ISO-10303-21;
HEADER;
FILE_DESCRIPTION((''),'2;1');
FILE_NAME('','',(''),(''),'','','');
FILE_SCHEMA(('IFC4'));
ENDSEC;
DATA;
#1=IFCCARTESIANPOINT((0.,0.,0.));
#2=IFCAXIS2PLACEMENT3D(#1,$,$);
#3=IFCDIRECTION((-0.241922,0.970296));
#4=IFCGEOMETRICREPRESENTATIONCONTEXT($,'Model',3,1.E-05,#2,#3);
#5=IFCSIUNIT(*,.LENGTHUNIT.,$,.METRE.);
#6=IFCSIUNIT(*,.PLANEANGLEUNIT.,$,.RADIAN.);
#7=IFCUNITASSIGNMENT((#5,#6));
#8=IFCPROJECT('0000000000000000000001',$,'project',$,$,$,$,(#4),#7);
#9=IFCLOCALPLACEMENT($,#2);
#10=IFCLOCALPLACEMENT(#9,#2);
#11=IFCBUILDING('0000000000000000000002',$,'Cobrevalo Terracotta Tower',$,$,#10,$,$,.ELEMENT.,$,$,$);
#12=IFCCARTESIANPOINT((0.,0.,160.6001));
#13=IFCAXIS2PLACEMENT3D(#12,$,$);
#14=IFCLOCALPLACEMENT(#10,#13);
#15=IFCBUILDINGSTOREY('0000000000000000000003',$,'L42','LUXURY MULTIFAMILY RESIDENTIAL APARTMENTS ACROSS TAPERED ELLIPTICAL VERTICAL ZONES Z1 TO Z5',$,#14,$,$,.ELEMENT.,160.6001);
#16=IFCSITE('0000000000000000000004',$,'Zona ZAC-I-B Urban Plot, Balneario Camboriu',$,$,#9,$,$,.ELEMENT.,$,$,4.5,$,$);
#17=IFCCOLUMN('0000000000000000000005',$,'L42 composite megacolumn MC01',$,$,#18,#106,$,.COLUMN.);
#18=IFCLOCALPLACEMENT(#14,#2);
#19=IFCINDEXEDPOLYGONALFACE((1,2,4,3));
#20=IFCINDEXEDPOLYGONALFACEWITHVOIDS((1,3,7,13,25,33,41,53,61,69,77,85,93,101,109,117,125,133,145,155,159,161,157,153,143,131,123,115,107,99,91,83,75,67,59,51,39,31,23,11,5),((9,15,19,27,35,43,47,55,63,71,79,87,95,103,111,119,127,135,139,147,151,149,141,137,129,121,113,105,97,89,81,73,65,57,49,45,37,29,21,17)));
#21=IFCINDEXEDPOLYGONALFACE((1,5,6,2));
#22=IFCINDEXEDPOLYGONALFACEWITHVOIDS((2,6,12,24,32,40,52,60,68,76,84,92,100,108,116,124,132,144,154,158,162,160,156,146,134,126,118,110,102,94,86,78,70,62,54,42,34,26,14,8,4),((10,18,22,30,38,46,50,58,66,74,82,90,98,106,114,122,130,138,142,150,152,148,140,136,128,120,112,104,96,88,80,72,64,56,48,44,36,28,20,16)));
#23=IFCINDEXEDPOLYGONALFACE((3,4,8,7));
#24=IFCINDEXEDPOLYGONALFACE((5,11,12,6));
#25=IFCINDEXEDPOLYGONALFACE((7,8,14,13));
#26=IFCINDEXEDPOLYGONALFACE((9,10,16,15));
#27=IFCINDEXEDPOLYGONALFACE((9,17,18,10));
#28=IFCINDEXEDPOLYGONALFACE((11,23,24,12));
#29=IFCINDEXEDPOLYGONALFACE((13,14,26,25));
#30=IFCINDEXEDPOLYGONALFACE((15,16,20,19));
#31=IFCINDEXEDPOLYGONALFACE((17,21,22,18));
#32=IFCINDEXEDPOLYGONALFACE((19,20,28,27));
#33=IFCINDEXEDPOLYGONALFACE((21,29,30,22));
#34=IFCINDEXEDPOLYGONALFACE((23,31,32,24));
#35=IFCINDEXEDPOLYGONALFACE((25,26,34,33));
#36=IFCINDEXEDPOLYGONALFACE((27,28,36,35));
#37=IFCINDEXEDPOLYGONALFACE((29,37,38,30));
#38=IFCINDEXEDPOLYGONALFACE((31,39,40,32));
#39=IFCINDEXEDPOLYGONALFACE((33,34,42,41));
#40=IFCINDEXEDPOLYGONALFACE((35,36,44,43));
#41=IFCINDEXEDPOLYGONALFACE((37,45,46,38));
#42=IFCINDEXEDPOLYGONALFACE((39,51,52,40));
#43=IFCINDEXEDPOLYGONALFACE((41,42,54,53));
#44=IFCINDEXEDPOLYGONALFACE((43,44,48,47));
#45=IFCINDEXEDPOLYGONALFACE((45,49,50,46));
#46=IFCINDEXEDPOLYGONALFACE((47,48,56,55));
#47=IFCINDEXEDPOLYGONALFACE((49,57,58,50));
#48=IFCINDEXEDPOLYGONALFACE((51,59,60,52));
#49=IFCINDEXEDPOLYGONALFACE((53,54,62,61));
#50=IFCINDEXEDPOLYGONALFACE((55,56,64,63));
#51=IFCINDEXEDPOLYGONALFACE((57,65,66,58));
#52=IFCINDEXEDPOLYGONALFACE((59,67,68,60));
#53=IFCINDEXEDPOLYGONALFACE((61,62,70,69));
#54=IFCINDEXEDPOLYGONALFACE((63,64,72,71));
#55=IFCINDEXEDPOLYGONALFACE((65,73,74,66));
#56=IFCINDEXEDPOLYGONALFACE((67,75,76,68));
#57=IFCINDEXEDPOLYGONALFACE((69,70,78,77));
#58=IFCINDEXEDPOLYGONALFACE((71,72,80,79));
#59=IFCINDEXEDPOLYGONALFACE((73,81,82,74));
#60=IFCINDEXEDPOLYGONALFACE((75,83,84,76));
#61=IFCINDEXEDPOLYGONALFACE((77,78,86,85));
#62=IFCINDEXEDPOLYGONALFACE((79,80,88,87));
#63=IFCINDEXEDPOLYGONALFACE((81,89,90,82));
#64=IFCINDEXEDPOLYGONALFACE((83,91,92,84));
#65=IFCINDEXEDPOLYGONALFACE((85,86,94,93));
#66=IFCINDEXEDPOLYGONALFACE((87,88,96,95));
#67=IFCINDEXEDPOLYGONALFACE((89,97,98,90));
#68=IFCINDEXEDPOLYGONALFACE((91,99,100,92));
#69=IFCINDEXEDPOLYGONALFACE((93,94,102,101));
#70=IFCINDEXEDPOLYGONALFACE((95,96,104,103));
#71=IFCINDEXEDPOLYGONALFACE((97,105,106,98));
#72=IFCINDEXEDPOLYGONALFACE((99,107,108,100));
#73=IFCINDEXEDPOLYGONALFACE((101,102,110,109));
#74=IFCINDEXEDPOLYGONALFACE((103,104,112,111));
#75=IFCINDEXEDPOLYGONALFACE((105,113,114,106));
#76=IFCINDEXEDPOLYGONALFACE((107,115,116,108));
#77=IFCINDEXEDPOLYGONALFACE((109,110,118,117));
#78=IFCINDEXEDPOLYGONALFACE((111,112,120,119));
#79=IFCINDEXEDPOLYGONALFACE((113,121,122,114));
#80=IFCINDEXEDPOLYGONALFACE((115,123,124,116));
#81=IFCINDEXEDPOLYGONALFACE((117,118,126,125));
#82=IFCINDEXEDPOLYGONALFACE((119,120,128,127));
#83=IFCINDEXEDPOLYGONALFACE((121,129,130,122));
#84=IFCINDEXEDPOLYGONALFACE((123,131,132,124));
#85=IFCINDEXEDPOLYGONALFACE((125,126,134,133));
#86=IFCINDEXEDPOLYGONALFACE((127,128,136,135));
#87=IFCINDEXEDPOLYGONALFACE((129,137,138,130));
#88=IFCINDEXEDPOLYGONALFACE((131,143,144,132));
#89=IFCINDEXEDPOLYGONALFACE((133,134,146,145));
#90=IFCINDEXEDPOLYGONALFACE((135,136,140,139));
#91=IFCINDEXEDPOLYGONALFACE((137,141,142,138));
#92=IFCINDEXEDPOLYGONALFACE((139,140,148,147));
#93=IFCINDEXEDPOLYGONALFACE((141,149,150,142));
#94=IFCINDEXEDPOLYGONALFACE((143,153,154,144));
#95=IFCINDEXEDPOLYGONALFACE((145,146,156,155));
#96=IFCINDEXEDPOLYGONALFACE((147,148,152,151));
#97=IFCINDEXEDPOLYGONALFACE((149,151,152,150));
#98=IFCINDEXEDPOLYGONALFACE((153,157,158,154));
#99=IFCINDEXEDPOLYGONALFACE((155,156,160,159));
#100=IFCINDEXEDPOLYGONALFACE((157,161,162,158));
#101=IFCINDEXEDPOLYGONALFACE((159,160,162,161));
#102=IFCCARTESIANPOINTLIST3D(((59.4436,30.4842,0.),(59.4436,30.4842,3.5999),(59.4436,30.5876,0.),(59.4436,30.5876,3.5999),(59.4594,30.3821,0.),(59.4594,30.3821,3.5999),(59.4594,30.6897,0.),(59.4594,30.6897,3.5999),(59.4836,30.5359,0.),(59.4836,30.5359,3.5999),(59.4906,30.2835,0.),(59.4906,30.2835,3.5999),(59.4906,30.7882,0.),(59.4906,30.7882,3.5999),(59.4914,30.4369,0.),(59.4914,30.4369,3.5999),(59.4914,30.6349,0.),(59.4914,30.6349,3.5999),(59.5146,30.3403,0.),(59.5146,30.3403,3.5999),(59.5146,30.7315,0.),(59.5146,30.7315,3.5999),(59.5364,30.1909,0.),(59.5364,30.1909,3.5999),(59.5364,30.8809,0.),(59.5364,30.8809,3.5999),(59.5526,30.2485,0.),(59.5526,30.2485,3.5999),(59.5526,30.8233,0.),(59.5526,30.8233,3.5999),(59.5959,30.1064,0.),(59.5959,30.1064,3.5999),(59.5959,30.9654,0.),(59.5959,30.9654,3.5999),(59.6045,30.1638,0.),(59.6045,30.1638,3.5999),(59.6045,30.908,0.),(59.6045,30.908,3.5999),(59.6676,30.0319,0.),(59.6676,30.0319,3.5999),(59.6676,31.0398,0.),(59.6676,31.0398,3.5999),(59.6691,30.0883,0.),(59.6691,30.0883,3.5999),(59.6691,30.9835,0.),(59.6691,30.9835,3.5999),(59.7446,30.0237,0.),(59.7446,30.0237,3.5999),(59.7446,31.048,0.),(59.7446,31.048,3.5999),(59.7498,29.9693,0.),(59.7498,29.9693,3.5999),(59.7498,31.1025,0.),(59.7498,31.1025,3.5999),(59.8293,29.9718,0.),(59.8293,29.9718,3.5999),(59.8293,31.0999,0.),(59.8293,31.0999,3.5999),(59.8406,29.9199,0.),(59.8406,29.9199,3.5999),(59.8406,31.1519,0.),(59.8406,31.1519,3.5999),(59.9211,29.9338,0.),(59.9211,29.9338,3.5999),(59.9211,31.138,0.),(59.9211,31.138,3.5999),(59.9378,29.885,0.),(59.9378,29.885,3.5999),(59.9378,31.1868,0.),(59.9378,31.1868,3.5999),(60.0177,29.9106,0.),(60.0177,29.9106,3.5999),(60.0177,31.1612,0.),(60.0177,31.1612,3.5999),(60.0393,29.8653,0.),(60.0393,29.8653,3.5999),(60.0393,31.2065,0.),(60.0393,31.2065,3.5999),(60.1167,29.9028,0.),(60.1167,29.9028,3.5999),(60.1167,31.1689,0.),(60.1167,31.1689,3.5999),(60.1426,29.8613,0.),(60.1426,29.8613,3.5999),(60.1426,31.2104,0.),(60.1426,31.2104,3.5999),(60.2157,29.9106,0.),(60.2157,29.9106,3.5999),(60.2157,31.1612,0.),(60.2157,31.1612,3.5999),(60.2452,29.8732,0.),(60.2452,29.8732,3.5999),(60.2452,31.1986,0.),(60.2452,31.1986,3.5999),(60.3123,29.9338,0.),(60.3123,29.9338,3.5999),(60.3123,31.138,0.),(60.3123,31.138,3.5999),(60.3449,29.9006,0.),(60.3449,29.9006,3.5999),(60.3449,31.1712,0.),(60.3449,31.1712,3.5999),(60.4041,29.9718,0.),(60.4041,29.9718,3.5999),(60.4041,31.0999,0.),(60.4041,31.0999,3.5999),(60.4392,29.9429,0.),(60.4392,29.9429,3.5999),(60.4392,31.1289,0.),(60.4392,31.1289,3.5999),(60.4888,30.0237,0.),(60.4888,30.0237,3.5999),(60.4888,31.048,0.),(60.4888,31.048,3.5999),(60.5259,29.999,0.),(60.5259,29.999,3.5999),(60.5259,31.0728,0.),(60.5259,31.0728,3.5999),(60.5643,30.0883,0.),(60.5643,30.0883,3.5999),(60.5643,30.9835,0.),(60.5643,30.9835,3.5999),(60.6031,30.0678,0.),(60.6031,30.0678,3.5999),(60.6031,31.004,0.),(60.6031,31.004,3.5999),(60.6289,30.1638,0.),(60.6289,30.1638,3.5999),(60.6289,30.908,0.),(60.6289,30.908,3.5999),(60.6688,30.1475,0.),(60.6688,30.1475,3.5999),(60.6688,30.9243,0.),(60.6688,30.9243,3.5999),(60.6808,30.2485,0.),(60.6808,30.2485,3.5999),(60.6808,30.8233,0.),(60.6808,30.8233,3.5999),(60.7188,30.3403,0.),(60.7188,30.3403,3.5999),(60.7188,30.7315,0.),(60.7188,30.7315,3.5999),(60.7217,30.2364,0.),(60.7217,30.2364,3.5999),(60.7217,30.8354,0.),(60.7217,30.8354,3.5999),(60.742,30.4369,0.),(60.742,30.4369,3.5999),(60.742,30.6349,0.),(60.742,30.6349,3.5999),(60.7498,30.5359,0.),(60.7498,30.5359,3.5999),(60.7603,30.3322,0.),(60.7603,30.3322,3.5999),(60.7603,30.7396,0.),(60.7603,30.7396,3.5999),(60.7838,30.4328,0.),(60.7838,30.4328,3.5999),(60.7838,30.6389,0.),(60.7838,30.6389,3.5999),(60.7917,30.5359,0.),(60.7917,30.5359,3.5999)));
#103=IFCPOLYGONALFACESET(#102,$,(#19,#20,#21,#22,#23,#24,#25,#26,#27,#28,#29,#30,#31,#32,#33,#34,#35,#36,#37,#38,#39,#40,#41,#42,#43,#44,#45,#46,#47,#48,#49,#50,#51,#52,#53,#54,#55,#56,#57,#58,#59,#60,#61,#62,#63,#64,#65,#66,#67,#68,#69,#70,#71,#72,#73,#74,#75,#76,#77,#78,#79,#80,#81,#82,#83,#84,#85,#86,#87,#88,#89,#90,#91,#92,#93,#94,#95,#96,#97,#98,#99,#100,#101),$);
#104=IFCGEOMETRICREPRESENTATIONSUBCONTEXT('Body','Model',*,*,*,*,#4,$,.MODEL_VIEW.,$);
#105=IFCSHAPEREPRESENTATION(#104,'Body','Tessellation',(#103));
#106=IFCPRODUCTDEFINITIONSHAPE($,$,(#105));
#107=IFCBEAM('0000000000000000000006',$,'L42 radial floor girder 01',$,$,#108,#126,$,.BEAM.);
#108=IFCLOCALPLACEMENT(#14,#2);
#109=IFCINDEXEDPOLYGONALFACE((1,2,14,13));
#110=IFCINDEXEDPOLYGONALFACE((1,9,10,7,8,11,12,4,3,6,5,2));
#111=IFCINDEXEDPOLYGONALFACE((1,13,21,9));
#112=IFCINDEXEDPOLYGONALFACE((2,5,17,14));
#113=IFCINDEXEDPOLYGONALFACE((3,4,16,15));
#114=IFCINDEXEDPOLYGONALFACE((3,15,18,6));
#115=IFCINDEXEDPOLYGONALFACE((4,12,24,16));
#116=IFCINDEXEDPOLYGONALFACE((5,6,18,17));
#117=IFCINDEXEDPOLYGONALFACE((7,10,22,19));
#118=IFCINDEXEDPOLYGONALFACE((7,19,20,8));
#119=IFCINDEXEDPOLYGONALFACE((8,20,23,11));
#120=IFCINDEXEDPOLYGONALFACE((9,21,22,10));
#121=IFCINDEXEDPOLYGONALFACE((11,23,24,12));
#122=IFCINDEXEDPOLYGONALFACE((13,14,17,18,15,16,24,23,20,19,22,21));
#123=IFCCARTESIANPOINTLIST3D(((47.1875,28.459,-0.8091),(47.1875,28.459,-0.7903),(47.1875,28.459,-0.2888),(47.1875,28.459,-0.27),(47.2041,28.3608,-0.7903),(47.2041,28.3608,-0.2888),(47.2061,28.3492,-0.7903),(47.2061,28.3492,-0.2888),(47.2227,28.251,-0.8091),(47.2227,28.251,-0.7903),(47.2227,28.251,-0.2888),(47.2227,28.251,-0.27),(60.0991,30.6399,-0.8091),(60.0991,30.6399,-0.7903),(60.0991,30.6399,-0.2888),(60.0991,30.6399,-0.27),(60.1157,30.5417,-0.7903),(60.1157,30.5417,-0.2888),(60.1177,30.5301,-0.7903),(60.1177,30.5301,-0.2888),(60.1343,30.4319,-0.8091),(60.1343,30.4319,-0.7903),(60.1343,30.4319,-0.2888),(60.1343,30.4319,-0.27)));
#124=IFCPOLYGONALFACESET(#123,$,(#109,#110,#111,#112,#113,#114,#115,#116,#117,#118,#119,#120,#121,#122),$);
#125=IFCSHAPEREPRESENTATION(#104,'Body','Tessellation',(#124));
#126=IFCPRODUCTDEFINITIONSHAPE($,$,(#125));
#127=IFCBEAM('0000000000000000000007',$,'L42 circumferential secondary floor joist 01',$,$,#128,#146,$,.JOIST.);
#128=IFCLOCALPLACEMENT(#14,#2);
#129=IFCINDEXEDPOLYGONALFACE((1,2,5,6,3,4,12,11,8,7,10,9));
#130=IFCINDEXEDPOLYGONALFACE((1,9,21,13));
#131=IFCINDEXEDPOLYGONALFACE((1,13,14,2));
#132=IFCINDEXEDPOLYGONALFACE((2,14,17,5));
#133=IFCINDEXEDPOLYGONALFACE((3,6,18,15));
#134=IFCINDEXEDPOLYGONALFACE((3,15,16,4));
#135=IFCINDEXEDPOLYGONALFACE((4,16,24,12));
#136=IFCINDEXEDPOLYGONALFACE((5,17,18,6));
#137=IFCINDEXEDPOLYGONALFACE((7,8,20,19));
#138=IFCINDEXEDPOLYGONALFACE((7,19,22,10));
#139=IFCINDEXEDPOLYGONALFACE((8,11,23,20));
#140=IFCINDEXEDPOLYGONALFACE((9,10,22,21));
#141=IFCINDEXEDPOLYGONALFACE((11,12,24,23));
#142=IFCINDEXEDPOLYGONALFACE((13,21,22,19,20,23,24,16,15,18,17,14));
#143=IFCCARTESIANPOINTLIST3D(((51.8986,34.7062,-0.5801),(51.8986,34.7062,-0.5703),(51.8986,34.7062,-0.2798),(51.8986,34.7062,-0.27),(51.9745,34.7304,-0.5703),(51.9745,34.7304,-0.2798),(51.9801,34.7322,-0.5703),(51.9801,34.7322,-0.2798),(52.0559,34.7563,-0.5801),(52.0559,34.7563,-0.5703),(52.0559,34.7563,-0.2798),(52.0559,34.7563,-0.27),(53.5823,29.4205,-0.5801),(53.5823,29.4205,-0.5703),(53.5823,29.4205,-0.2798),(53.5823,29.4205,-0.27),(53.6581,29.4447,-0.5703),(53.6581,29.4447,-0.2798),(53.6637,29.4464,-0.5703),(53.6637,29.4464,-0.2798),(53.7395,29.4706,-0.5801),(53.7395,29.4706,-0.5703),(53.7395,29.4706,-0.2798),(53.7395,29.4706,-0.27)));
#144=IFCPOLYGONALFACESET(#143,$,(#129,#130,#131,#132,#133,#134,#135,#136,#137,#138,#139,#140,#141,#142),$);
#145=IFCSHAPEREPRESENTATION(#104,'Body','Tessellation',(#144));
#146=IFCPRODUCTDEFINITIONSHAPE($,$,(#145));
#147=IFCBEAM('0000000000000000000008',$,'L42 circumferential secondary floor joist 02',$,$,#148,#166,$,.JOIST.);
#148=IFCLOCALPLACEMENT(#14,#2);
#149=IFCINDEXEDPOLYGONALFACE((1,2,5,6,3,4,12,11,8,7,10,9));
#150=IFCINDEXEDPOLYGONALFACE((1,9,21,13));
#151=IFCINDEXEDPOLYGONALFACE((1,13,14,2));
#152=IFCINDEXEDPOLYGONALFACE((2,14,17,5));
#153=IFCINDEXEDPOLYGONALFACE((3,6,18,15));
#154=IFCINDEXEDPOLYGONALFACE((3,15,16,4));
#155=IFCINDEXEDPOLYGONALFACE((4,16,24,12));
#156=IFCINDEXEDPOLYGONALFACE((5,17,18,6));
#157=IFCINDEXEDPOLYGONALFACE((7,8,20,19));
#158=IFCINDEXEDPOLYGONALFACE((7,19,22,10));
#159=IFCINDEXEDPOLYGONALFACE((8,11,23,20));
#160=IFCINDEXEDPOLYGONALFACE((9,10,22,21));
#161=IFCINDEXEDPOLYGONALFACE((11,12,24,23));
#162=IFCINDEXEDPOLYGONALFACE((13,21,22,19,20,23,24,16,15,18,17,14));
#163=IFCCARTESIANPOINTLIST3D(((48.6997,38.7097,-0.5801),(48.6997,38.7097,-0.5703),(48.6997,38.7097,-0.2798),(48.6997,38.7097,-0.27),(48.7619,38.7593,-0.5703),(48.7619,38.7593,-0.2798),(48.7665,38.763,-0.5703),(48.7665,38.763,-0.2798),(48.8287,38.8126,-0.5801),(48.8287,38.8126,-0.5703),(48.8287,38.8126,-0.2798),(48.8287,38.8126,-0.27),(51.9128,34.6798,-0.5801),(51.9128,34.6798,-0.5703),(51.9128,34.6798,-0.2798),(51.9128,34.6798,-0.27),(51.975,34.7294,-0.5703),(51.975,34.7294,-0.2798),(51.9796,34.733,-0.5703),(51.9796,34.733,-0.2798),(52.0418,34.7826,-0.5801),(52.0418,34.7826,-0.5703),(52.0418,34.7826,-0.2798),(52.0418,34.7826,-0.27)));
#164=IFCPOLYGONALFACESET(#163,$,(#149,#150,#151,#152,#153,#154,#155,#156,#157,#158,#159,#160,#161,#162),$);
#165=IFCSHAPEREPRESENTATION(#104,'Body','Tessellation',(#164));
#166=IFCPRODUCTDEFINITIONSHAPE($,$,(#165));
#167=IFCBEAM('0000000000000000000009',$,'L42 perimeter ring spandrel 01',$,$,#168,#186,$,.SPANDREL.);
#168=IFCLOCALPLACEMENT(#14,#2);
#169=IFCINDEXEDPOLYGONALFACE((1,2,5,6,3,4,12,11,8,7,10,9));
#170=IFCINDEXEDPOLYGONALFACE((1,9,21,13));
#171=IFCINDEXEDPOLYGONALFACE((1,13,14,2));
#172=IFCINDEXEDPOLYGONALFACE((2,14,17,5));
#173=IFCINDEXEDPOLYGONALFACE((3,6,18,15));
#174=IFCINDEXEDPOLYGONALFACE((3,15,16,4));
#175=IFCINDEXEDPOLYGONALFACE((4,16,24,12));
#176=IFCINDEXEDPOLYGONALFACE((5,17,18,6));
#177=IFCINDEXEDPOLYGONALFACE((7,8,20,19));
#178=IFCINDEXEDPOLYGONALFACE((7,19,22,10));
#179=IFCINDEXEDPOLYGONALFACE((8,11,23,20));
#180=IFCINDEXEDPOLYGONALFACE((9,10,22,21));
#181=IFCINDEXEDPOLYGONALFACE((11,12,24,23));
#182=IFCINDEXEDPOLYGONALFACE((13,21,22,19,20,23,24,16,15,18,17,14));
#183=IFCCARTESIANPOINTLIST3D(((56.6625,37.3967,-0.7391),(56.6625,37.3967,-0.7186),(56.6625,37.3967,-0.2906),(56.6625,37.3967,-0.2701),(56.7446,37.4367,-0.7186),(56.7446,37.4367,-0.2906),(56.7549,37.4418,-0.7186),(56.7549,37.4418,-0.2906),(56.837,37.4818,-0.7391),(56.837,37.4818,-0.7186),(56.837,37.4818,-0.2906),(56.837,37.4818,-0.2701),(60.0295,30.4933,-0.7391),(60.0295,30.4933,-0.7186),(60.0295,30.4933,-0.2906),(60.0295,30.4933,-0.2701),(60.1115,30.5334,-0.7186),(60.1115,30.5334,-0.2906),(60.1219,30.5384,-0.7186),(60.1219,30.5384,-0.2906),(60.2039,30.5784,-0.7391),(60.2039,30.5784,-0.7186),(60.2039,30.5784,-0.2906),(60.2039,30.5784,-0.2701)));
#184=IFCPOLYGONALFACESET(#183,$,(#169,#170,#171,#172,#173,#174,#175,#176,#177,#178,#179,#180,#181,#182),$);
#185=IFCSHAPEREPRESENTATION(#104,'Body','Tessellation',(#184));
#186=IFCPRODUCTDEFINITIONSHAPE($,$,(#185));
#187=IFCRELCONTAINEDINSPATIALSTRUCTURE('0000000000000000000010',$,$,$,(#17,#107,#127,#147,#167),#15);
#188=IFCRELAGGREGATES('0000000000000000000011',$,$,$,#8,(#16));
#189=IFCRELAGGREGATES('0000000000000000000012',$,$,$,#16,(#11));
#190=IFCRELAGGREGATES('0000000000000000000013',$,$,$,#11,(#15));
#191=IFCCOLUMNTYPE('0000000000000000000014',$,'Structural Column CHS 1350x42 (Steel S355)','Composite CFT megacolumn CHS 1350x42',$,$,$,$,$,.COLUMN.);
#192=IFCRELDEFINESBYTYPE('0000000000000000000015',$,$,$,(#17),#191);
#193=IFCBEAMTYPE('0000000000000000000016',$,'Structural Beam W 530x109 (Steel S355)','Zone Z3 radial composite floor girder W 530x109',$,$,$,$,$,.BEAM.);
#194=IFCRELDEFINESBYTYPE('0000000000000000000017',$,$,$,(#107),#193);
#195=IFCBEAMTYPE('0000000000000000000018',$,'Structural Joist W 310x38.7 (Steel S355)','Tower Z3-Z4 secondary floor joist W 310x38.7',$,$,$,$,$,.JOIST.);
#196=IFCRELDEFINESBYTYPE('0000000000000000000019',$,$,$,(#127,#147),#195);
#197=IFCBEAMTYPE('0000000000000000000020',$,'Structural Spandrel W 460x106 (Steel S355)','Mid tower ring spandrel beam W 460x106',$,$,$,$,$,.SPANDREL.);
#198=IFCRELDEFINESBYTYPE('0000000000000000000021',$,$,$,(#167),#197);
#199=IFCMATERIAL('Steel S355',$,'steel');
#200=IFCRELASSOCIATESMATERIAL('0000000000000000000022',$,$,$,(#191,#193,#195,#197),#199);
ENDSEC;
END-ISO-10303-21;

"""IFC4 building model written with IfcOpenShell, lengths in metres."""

from ifc_helpers import new_model, si_unit, direction, frame, origin, origin_2d, place, context, subcontext, project, spatial, hollow_circle, i_section, extrude, material, material_profile, profile_set, type_object, element, save


model = new_model("IFC4")

# Units and contexts
model_context = context("Model", 3, precision=1e-05, world=origin(), true_north=direction((-0.241922, 0.970296)))
body_context = subcontext(model_context, "Body", "Model", "MODEL_VIEW")
ifc_project = project(units=[si_unit("LENGTHUNIT", "METRE"), si_unit("PLANEANGLEUNIT", "RADIAN")], contexts=[model_context])

# Site, building, storey
site_placement = place(None, origin())
site = spatial("IfcSite", under=ifc_project, at=site_placement, Name="Zona ZAC-I-B Urban Plot, Balneario Camboriu", CompositionType="ELEMENT", RefElevation=4.5)
building_placement = place(site_placement, origin())
building = spatial("IfcBuilding", under=site, at=building_placement, Name="Cobrevalo Terracotta Tower", CompositionType="ELEMENT")
storey_placement = place(building_placement, frame((0.0, 0.0, 160.6001)))
storey = spatial("IfcBuildingStorey", under=building, at=storey_placement, Name="L42", Description="LUXURY MULTIFAMILY RESIDENTIAL APARTMENTS ACROSS TAPERED ELLIPTICAL VERTICAL ZONES Z1 TO Z5", CompositionType="ELEMENT", Elevation=160.6001)

# Column
ifc_material_1 = material(Name="Steel S355", Category="steel")
ifc_material_profile_1 = material_profile(ifc_material_1, hollow_circle(Radius=0.675, WallThickness=0.042, at=origin_2d()), Name="CHS 1350x42")
ifc_profile_set_1 = profile_set([ifc_material_profile_1], Name="Steel S355")
column_type = type_object("IfcColumnType", Name="Structural Column CHS 1350x42 (Steel S355)", Description="Composite CFT megacolumn CHS 1350x42", PredefinedType="COLUMN", material=ifc_profile_set_1)
column_placement = place(storey_placement, frame((60.1167, 30.5359, 0.0), z_axis=(0.0, 0.0, 1.0), x_axis=(1.0, 0.0, 0.0)))
element("IfcColumn", 1, at=column_placement, inside=storey, type_object=column_type, Name="L42 composite megacolumn MC01", PredefinedType="COLUMN", context=body_context, shape_type="SweptSolid", body=[
    extrude(hollow_circle(Radius=0.675, WallThickness=0.042, at=origin_2d()), origin(), (0.0, 0.0, 1.0), 3.5999),
])

# Beams
ifc_material_profile_2 = material_profile(ifc_material_1, i_section(OverallWidth=0.2109, OverallDepth=0.5391, WebThickness=0.0117, FlangeThickness=0.0188, at=origin_2d()), Name="W 530x109")
ifc_profile_set_2 = profile_set([ifc_material_profile_2], Name="Steel S355")
beam_type_1 = type_object("IfcBeamType", Name="Structural Beam W 530x109 (Steel S355)", Description="Zone Z3 radial composite floor girder W 530x109", PredefinedType="BEAM", material=ifc_profile_set_2)
beam_1_placement = place(storey_placement, frame((60.1167, 30.5359, -0.5396), z_axis=(-0.986033, -0.166551, 0.0), x_axis=(0.166551, -0.986033, 0.0)))
element("IfcBeam", 2, at=beam_1_placement, inside=storey, type_object=beam_type_1, Name="L42 radial floor girder 01", PredefinedType="BEAM", context=body_context, shape_type="SweptSolid", body=[
    extrude(i_section(OverallWidth=0.2109, OverallDepth=0.5391, WebThickness=0.0117, FlangeThickness=0.0188, at=origin_2d()), origin(), (0.0, 0.0, 1.0), 13.0945),
])
ifc_material_profile_3 = material_profile(ifc_material_1, i_section(OverallWidth=0.165, OverallDepth=0.3101, WebThickness=0.0059, FlangeThickness=0.0098, at=origin_2d()), Name="W 310x38.7")
ifc_profile_set_3 = profile_set([ifc_material_profile_3], Name="Steel S355")
beam_type_2 = type_object("IfcBeamType", Name="Structural Joist W 310x38.7 (Steel S355)", Description="Tower Z3-Z4 secondary floor joist W 310x38.7", PredefinedType="JOIST", material=ifc_profile_set_3)
beam_2_placement = place(storey_placement, frame((53.6609, 29.4456, -0.425), z_axis=(-0.303498, 0.952832, 0.0), x_axis=(-0.952832, -0.303498, 0.0)))
element("IfcBeam", 3, at=beam_2_placement, inside=storey, type_object=beam_type_2, Name="L42 circumferential secondary floor joist 01", PredefinedType="JOIST", context=body_context, shape_type="SweptSolid", body=[
    extrude(i_section(OverallWidth=0.165, OverallDepth=0.3101, WebThickness=0.0059, FlangeThickness=0.0098, at=origin_2d()), origin(), (0.0, 0.0, 1.0), 5.5474),
])
beam_3_placement = place(storey_placement, frame((51.9773, 34.7312, -0.425), z_axis=(-0.623406, 0.781898, 0.0), x_axis=(-0.781898, -0.623406, 0.0)))
element("IfcBeam", 4, at=beam_3_placement, inside=storey, type_object=beam_type_2, Name="L42 circumferential secondary floor joist 02", PredefinedType="JOIST", context=body_context, shape_type="SweptSolid", body=[
    extrude(i_section(OverallWidth=0.165, OverallDepth=0.3101, WebThickness=0.0059, FlangeThickness=0.0098, at=origin_2d()), origin(), (0.0, 0.0, 1.0), 5.1541),
])
ifc_material_profile_4 = material_profile(ifc_material_1, i_section(OverallWidth=0.1941, OverallDepth=0.469, WebThickness=0.0115, FlangeThickness=0.0205, at=origin_2d()), Name="W 460x106")
ifc_profile_set_4 = profile_set([ifc_material_profile_4], Name="Steel S355")
beam_type_3 = type_object("IfcBeamType", Name="Structural Spandrel W 460x106 (Steel S355)", Description="Mid tower ring spandrel beam W 460x106", PredefinedType="SPANDREL", material=ifc_profile_set_4)
beam_4_placement = place(storey_placement, frame((60.1167, 30.5359, -0.5046), z_axis=(-0.438368, 0.898796, 0.0), x_axis=(-0.898796, -0.438368, 0.0)))
element("IfcBeam", 5, at=beam_4_placement, inside=storey, type_object=beam_type_3, Name="L42 perimeter ring spandrel 01", PredefinedType="SPANDREL", context=body_context, shape_type="SweptSolid", body=[
    extrude(i_section(OverallWidth=0.1941, OverallDepth=0.469, WebThickness=0.0115, FlangeThickness=0.0205, at=origin_2d()), origin(), (0.0, 0.0, 1.0), 7.6807),
])

save(model, "model.ifc")
